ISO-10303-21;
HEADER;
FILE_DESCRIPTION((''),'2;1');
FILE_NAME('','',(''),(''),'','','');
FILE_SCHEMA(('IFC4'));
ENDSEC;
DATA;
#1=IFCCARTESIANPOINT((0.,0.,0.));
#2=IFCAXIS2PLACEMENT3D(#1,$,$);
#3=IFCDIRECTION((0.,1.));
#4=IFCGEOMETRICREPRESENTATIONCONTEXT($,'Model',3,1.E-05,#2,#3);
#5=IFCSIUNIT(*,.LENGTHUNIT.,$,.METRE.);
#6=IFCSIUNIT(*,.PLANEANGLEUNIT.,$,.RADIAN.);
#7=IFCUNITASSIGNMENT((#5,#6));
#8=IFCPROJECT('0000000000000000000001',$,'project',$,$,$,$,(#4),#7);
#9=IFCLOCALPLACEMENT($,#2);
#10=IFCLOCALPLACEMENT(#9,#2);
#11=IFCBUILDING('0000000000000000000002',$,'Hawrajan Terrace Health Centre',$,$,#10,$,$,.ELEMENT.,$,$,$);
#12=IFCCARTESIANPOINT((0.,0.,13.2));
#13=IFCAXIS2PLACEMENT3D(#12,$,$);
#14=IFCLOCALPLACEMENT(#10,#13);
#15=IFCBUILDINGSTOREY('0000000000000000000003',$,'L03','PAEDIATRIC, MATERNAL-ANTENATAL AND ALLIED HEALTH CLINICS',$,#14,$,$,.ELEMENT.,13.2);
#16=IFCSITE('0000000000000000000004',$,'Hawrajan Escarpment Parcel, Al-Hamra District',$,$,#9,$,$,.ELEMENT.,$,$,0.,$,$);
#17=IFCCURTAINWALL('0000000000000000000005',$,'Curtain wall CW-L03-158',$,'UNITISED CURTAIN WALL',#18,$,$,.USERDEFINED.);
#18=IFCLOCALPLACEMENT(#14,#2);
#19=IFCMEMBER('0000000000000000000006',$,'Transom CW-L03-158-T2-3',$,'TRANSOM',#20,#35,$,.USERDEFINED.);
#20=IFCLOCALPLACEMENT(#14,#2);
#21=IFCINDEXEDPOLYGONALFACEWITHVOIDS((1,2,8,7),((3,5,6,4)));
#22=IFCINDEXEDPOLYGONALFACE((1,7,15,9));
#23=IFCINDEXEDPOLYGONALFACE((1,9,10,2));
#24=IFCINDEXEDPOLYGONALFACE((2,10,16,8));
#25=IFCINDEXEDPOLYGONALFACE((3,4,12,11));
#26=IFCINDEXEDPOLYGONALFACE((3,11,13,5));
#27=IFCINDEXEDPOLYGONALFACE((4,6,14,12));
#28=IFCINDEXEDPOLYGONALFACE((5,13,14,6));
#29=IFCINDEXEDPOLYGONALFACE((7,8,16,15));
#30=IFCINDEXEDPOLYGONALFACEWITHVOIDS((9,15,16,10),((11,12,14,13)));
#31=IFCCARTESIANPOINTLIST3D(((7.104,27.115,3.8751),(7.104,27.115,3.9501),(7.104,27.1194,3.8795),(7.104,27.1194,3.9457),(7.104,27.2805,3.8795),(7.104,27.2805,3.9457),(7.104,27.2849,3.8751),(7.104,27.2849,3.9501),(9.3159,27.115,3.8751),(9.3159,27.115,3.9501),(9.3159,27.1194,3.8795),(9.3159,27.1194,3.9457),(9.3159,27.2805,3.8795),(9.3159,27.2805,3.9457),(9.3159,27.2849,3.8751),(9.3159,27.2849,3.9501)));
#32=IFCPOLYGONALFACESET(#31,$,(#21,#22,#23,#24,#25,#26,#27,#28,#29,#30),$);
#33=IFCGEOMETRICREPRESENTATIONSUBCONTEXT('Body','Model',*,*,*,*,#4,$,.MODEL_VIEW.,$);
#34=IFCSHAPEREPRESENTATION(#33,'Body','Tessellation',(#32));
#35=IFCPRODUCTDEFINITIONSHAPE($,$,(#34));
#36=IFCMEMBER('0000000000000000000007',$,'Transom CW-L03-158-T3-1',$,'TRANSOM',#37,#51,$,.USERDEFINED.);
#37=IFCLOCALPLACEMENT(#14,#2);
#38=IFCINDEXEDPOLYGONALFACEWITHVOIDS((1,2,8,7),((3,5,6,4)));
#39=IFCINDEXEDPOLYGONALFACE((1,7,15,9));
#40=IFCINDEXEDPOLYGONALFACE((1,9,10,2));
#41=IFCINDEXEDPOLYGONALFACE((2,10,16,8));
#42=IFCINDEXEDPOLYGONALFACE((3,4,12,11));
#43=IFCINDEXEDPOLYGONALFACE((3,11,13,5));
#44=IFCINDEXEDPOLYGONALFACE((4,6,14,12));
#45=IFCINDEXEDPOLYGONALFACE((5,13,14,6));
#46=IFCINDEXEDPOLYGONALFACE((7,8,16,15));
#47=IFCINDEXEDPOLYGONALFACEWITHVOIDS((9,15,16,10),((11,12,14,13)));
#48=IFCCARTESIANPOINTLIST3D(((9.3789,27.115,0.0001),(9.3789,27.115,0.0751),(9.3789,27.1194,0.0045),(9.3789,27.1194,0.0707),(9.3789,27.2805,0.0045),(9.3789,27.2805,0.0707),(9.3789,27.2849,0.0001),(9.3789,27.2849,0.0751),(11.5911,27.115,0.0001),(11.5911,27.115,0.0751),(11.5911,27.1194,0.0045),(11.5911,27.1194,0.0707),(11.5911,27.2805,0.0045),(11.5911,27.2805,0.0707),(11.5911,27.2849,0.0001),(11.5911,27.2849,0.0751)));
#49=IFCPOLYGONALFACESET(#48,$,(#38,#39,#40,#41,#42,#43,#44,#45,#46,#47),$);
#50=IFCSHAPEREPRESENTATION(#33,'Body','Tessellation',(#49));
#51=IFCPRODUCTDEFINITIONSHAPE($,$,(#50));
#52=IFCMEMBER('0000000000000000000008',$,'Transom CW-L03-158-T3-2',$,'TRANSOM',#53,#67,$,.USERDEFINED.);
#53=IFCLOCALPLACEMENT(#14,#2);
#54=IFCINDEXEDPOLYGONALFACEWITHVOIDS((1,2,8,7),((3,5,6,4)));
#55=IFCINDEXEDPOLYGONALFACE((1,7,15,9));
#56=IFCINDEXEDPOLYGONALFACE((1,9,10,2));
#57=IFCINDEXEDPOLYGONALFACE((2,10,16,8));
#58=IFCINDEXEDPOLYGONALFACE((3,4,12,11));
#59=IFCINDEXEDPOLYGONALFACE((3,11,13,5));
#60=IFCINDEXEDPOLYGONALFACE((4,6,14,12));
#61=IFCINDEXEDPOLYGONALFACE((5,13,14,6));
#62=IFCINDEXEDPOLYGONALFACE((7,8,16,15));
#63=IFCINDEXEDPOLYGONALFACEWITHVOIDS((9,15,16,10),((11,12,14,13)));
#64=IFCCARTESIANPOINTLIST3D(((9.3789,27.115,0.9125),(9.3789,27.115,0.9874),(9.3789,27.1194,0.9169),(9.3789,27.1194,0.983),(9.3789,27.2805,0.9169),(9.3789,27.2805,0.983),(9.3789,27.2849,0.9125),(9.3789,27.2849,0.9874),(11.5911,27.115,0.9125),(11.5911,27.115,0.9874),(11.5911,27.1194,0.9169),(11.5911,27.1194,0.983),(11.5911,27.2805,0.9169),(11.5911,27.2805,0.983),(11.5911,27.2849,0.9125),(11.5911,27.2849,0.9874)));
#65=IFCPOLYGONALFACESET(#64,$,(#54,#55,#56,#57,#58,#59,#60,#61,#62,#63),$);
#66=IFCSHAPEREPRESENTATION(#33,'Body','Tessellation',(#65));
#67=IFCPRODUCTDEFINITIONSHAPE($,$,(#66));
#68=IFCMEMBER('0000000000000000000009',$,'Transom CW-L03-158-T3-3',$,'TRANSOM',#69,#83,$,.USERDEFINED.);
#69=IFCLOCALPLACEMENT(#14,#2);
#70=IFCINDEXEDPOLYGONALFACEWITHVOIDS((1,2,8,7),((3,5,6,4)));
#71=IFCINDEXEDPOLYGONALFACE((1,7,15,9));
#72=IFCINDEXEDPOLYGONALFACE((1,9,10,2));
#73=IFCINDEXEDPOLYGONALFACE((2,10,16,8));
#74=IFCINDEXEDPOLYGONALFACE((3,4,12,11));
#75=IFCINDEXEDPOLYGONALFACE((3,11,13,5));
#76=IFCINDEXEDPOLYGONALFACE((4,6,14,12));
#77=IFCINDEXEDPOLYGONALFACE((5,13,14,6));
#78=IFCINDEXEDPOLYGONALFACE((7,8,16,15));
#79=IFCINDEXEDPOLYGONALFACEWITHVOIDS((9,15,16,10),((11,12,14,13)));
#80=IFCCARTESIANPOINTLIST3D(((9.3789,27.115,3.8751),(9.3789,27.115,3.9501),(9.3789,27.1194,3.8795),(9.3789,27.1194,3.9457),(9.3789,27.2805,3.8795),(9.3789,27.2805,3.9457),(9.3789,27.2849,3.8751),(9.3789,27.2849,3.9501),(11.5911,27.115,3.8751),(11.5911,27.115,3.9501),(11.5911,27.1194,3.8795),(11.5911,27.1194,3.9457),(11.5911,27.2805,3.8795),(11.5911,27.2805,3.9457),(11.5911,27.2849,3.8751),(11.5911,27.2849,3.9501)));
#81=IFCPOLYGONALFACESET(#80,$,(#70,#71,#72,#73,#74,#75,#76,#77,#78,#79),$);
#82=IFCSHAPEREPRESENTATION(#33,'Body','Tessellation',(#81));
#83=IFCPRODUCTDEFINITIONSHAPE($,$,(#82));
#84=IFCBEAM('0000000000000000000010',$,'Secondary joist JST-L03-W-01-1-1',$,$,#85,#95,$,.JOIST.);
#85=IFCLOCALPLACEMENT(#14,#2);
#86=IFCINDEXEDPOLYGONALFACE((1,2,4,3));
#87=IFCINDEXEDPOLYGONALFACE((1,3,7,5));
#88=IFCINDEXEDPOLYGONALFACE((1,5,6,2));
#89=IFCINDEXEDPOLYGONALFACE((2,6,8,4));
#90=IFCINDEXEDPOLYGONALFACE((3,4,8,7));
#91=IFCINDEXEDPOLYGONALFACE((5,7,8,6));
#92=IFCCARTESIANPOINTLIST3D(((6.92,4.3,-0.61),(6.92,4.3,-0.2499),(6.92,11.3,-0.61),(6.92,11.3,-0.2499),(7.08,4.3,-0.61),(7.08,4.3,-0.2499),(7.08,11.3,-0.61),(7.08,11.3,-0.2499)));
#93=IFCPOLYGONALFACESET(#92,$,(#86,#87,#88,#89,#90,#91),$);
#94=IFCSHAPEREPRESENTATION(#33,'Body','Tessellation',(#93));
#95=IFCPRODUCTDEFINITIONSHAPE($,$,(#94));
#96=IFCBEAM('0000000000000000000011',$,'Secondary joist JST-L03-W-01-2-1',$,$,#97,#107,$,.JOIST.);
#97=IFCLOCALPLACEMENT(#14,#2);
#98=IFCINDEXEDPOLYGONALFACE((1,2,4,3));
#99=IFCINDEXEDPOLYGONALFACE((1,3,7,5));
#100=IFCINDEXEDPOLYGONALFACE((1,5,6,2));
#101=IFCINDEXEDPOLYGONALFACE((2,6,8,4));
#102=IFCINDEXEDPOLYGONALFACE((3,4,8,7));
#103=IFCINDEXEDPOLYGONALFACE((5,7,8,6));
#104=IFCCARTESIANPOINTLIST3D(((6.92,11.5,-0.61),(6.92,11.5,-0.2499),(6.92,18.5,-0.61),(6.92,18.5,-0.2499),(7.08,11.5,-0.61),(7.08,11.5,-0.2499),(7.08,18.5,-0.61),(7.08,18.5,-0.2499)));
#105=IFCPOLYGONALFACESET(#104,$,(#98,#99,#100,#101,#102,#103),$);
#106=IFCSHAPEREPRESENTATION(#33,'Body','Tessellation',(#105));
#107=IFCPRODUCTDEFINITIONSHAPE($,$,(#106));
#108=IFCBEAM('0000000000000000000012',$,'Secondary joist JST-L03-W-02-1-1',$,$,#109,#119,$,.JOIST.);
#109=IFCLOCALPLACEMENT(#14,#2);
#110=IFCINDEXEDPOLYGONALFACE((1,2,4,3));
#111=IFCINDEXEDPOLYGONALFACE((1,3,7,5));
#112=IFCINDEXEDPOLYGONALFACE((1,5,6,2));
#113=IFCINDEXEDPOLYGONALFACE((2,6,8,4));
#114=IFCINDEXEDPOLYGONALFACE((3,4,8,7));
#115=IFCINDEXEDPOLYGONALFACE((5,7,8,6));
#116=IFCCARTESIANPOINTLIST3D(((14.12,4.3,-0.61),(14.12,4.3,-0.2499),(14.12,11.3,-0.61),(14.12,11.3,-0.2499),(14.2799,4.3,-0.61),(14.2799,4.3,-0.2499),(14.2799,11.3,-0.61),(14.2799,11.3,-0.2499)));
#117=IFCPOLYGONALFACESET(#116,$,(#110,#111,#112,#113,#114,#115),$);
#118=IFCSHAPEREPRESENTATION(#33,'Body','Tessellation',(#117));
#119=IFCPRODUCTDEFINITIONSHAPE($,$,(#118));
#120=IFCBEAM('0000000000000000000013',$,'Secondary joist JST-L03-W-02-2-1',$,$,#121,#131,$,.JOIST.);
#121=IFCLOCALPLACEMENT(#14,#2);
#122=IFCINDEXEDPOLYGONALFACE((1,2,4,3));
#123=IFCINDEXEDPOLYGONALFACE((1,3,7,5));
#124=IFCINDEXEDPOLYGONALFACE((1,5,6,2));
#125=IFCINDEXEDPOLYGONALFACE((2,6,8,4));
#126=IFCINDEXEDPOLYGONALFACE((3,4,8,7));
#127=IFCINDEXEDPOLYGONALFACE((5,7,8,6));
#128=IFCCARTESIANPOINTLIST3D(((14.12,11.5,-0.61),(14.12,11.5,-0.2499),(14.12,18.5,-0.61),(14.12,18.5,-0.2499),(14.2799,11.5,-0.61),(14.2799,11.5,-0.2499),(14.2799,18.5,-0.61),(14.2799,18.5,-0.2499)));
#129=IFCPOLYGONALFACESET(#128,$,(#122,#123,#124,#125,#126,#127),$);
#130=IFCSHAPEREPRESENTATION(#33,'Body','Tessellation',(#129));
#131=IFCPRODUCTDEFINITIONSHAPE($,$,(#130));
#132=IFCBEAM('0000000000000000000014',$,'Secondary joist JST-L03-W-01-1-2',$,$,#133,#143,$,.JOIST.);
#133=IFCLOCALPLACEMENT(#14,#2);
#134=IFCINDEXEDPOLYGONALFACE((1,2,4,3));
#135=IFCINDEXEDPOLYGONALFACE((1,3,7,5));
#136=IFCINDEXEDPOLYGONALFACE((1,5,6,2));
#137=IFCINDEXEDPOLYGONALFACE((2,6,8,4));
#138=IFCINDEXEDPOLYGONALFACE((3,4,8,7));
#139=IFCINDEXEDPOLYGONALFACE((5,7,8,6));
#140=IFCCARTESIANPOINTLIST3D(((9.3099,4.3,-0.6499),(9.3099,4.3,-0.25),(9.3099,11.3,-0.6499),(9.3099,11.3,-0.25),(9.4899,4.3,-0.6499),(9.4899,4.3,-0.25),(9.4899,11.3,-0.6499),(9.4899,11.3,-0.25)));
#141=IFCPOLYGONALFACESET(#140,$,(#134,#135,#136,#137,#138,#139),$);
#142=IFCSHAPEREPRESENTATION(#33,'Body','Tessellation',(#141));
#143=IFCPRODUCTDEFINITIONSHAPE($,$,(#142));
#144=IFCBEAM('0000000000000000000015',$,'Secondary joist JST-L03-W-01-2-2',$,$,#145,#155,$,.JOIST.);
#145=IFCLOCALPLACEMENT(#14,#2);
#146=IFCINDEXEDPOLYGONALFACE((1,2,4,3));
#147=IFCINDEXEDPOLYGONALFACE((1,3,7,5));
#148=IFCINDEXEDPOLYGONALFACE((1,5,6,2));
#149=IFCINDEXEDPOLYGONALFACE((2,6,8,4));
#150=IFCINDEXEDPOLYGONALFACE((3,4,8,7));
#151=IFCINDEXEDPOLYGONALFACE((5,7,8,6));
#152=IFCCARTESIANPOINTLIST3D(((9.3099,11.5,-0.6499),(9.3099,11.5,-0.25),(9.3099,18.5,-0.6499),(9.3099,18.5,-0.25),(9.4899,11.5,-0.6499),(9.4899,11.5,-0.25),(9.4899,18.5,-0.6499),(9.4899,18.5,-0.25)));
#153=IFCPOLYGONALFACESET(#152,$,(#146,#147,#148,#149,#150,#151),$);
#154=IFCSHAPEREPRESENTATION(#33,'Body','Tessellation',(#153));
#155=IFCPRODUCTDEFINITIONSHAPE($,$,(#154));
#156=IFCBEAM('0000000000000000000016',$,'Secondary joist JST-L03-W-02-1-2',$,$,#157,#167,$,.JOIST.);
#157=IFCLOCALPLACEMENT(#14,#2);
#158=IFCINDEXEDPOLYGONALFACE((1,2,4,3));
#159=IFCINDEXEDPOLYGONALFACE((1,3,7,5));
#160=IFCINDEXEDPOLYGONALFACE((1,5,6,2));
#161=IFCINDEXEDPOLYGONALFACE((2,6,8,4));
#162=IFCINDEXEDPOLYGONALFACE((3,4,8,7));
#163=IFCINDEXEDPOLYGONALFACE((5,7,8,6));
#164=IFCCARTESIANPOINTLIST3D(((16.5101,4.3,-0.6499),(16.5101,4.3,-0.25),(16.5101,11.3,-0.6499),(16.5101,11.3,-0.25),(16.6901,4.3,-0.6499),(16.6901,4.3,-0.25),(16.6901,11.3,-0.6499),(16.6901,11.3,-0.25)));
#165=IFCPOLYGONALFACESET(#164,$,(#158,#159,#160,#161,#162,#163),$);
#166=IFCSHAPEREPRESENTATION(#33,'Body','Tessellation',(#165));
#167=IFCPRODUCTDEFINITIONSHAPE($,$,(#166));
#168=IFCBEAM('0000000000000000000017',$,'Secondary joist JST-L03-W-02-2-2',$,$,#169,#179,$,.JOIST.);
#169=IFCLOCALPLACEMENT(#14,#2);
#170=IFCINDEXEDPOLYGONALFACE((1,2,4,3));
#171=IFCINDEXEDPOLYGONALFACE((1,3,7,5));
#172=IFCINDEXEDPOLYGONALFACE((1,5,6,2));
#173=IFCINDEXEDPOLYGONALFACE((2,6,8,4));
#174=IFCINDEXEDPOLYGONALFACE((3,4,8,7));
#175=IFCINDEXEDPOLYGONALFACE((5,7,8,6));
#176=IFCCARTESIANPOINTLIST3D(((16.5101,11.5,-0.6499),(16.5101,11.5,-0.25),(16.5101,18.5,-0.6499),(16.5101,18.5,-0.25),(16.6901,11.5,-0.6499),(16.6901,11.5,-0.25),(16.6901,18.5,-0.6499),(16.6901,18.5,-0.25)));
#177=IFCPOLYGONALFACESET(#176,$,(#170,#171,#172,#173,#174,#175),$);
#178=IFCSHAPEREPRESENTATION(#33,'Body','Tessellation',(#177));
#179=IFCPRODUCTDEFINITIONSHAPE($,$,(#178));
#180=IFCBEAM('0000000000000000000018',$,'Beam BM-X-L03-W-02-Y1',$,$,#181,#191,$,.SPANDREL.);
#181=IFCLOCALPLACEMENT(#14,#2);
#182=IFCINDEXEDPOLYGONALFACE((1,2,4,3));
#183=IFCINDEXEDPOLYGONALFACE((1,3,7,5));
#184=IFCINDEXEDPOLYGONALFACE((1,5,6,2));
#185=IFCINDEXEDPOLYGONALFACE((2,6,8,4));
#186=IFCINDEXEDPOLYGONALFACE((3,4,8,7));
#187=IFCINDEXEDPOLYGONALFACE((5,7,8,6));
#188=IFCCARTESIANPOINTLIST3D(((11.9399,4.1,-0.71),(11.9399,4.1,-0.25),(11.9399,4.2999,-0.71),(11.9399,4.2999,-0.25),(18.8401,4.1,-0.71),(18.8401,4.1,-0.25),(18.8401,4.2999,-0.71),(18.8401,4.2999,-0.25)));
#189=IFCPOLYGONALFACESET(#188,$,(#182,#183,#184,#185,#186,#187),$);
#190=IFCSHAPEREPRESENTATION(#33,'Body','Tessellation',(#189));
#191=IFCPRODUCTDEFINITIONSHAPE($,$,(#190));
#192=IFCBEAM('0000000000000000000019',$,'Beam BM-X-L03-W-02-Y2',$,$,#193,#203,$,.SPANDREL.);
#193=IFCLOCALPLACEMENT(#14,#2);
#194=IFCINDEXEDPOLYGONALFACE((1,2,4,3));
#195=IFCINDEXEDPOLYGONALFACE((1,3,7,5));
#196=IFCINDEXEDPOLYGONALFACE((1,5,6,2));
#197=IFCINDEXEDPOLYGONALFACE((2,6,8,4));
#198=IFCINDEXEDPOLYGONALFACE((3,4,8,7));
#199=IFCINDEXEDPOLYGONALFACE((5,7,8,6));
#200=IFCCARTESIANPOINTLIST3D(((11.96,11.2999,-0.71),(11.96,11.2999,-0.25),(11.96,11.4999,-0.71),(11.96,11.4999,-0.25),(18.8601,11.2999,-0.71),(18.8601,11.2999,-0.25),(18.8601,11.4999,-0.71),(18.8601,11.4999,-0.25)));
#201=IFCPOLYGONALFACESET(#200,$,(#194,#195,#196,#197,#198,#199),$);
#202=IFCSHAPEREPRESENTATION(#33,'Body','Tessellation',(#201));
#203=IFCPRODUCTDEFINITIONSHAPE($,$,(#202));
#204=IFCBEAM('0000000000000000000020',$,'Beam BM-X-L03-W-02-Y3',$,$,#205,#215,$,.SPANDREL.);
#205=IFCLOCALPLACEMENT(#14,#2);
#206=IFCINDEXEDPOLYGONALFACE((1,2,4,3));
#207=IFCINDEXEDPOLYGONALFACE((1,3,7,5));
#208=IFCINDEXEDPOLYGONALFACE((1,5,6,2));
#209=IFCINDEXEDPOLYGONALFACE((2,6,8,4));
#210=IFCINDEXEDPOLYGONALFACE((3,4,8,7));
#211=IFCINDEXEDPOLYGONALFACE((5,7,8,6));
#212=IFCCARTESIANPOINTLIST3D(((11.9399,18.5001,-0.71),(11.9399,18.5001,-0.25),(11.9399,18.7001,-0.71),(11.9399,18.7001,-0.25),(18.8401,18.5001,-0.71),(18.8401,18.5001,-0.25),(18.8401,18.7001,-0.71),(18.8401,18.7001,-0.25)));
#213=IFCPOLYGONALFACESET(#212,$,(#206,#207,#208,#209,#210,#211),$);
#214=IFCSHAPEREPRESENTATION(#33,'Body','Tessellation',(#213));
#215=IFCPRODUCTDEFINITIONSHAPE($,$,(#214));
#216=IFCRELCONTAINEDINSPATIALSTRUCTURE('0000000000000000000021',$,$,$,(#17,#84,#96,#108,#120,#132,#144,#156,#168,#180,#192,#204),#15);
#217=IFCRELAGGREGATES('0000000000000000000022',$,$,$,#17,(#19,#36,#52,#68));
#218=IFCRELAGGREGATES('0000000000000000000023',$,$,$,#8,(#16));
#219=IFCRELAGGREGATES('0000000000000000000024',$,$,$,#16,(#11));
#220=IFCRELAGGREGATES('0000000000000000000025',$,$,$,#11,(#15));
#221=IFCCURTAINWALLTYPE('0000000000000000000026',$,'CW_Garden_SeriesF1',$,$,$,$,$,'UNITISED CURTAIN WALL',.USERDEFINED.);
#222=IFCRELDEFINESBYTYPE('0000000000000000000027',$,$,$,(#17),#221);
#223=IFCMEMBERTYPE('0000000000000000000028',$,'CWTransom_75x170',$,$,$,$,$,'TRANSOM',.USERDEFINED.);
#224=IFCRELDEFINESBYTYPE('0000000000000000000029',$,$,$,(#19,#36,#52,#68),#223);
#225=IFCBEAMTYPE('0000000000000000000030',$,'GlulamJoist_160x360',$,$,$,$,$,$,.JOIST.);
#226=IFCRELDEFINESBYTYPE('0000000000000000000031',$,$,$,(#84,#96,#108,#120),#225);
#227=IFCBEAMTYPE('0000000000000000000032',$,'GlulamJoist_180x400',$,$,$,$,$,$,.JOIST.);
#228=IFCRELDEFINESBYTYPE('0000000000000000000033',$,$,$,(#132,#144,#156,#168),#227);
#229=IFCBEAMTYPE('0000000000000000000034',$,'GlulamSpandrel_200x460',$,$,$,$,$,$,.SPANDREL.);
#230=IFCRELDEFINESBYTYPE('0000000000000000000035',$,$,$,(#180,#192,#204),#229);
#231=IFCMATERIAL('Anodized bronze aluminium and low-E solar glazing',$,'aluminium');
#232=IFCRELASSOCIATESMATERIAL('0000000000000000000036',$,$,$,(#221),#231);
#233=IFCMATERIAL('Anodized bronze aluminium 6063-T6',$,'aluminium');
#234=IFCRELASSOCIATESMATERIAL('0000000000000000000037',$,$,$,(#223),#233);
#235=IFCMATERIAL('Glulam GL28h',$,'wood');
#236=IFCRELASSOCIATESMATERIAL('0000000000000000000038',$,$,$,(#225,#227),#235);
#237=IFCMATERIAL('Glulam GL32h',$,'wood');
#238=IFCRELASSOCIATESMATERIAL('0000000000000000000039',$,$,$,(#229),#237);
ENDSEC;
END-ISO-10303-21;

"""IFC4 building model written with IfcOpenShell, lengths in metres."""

from ifc_helpers import new_model, si_unit, direction, frame, origin, origin_2d, place, context, subcontext, project, spatial, rectangle, hollow_rectangle, extrude, material, material_profile, profile_set, type_object, element, aggregate, save


model = new_model("IFC4")

# Units and contexts
model_context = context("Model", 3, precision=1e-05, world=origin(), true_north=direction((0.0, 1.0)))
body_context = subcontext(model_context, "Body", "Model", "MODEL_VIEW")
ifc_project = project(units=[si_unit("LENGTHUNIT", "METRE"), si_unit("PLANEANGLEUNIT", "RADIAN")], contexts=[model_context])

# Site, building, storey
site_placement = place(None, origin())
site = spatial("IfcSite", under=ifc_project, at=site_placement, Name="Hawrajan Escarpment Parcel, Al-Hamra District", CompositionType="ELEMENT", RefElevation=0.0)
building_placement = place(site_placement, origin())
building = spatial("IfcBuilding", under=site, at=building_placement, Name="Hawrajan Terrace Health Centre", CompositionType="ELEMENT")
storey_placement = place(building_placement, frame((0.0, 0.0, 13.2)))
storey = spatial("IfcBuildingStorey", under=building, at=storey_placement, Name="L03", Description="PAEDIATRIC, MATERNAL-ANTENATAL AND ALLIED HEALTH CLINICS", CompositionType="ELEMENT", Elevation=13.2)

# Shared definitions
ifc_material_1 = material(Name="Glulam GL32h", Category="wood")

# Shared definitions
ifc_material_2 = material(Name="Anodized bronze aluminium and low-E solar glazing", Category="aluminium")
ifc_material_3 = material(Name="Anodized bronze aluminium 6063-T6", Category="aluminium")

# Curtain wall
curtain_wall_type_1 = type_object("IfcCurtainWallType", Name="CW_Garden_SeriesF1", ElementType="UNITISED CURTAIN WALL", PredefinedType="USERDEFINED", material=ifc_material_2)
curtain_wall_1_placement = place(storey_placement, origin())
curtain_wall_1 = element("IfcCurtainWall", 1, at=curtain_wall_1_placement, inside=storey, type_object=curtain_wall_type_1, Name="Curtain wall CW-L03-158", ObjectType="UNITISED CURTAIN WALL", PredefinedType="USERDEFINED")

# Members
ifc_material_profile_1 = material_profile(ifc_material_3, hollow_rectangle(XDim=0.075, YDim=0.1699, WallThickness=0.0044, at=origin_2d()), Name="CW TRN 75x170")
ifc_profile_set_1 = profile_set([ifc_material_profile_1], Name="Anodized bronze aluminium 6063-T6")
member_type_1 = type_object("IfcMemberType", Name="CWTransom_75x170", ElementType="TRANSOM", PredefinedType="USERDEFINED", material=ifc_profile_set_1)
member_1_placement = place(storey_placement, frame((7.104, 27.2, 3.9126), z_axis=(1.0, 0.0, 0.0), x_axis=(0.0, 0.0, 1.0)))
member_1 = element("IfcMember", 2, at=member_1_placement, type_object=member_type_1, Name="Transom CW-L03-158-T2-3", ObjectType="TRANSOM", PredefinedType="USERDEFINED", context=body_context, shape_type="SweptSolid", body=[
    extrude(hollow_rectangle(XDim=0.075, YDim=0.1699, WallThickness=0.0044, at=origin_2d()), origin(), (0.0, 0.0, 1.0), 2.2119),
])
member_2_placement = place(storey_placement, frame((9.3789, 27.2, 0.0376), z_axis=(1.0, 0.0, 0.0), x_axis=(0.0, 0.0, 1.0)))
member_2 = element("IfcMember", 3, at=member_2_placement, type_object=member_type_1, Name="Transom CW-L03-158-T3-1", ObjectType="TRANSOM", PredefinedType="USERDEFINED", context=body_context, shape_type="SweptSolid", body=[
    extrude(hollow_rectangle(XDim=0.075, YDim=0.1699, WallThickness=0.0044, at=origin_2d()), origin(), (0.0, 0.0, 1.0), 2.2122),
])
member_3_placement = place(storey_placement, frame((9.3789, 27.2, 0.95), z_axis=(1.0, 0.0, 0.0), x_axis=(0.0, 0.0, 1.0)))
member_3 = element("IfcMember", 4, at=member_3_placement, type_object=member_type_1, Name="Transom CW-L03-158-T3-2", ObjectType="TRANSOM", PredefinedType="USERDEFINED", context=body_context, shape_type="SweptSolid", body=[
    extrude(hollow_rectangle(XDim=0.075, YDim=0.1699, WallThickness=0.0044, at=origin_2d()), origin(), (0.0, 0.0, 1.0), 2.2122),
])
member_4_placement = place(storey_placement, frame((9.3789, 27.2, 3.9126), z_axis=(1.0, 0.0, 0.0), x_axis=(0.0, 0.0, 1.0)))
member_4 = element("IfcMember", 5, at=member_4_placement, type_object=member_type_1, Name="Transom CW-L03-158-T3-3", ObjectType="TRANSOM", PredefinedType="USERDEFINED", context=body_context, shape_type="SweptSolid", body=[
    extrude(hollow_rectangle(XDim=0.075, YDim=0.1699, WallThickness=0.0044, at=origin_2d()), origin(), (0.0, 0.0, 1.0), 2.2122),
])

# Beams
ifc_material_4 = material(Name="Glulam GL28h", Category="wood")
ifc_material_profile_2 = material_profile(ifc_material_4, rectangle(XDim=0.1599, YDim=0.3601, at=origin_2d()), Name="GL JST 160x360")
ifc_profile_set_2 = profile_set([ifc_material_profile_2], Name="Glulam GL28h")
beam_type_1 = type_object("IfcBeamType", Name="GlulamJoist_160x360", PredefinedType="JOIST", material=ifc_profile_set_2)
for number, where, z_axis, x_axis, name in (
    (6, (7.0, 4.3, -0.4299), (0.0, 1.0, 0.0), (-1.0, 0.0, 0.0), "Secondary joist JST-L03-W-01-1-1"),
    (7, (7.0, 11.5, -0.4299), (0.0, 1.0, 0.0), (-1.0, 0.0, 0.0), "Secondary joist JST-L03-W-01-2-1"),
    (8, (14.2, 4.3, -0.4299), (0.0, 1.0, 0.0), (-1.0, 0.0, 0.0), "Secondary joist JST-L03-W-02-1-1"),
    (9, (14.2, 11.5, -0.4299), (0.0, 1.0, 0.0), (-1.0, 0.0, 0.0), "Secondary joist JST-L03-W-02-2-1"),
):
    element("IfcBeam", number, at=place(storey_placement, frame(where, z_axis=z_axis, x_axis=x_axis)), inside=storey, type_object=beam_type_1, Name=name, PredefinedType="JOIST", context=body_context, shape_type="SweptSolid", body=[
        extrude(rectangle(XDim=0.1599, YDim=0.3601, at=origin_2d()), origin(), (0.0, 0.0, 1.0), 7.0),
    ])
ifc_material_profile_3 = material_profile(ifc_material_4, rectangle(XDim=0.1799, YDim=0.3999, at=origin_2d()), Name="GL JST 180x400")
ifc_profile_set_3 = profile_set([ifc_material_profile_3], Name="Glulam GL28h")
beam_type_2 = type_object("IfcBeamType", Name="GlulamJoist_180x400", PredefinedType="JOIST", material=ifc_profile_set_3)
for number, where, z_axis, x_axis, name in (
    (10, (9.3999, 4.3, -0.45), (0.0, 1.0, 0.0), (-1.0, 0.0, 0.0), "Secondary joist JST-L03-W-01-1-2"),
    (11, (9.3999, 11.5, -0.45), (0.0, 1.0, 0.0), (-1.0, 0.0, 0.0), "Secondary joist JST-L03-W-01-2-2"),
    (12, (16.6001, 4.3, -0.45), (0.0, 1.0, 0.0), (-1.0, 0.0, 0.0), "Secondary joist JST-L03-W-02-1-2"),
    (13, (16.6001, 11.5, -0.45), (0.0, 1.0, 0.0), (-1.0, 0.0, 0.0), "Secondary joist JST-L03-W-02-2-2"),
):
    element("IfcBeam", number, at=place(storey_placement, frame(where, z_axis=z_axis, x_axis=x_axis)), inside=storey, type_object=beam_type_2, Name=name, PredefinedType="JOIST", context=body_context, shape_type="SweptSolid", body=[
        extrude(rectangle(XDim=0.1799, YDim=0.3999, at=origin_2d()), origin(), (0.0, 0.0, 1.0), 7.0),
    ])
ifc_material_profile_4 = material_profile(ifc_material_1, rectangle(XDim=0.2, YDim=0.46, at=origin_2d()), Name="GL SP 200x460")
ifc_profile_set_4 = profile_set([ifc_material_profile_4], Name="Glulam GL32h")
beam_type_3 = type_object("IfcBeamType", Name="GlulamSpandrel_200x460", PredefinedType="SPANDREL", material=ifc_profile_set_4)
for number, where, z_axis, x_axis, name in (
    (14, (11.9399, 4.2, -0.48), (1.0, 0.0, 0.0), (0.0, 1.0, 0.0), "Beam BM-X-L03-W-02-Y1"),
    (15, (11.96, 11.3999, -0.48), (1.0, 0.0, 0.0), (0.0, 1.0, 0.0), "Beam BM-X-L03-W-02-Y2"),
    (16, (11.9399, 18.6001, -0.48), (1.0, 0.0, 0.0), (0.0, 1.0, 0.0), "Beam BM-X-L03-W-02-Y3"),
):
    element("IfcBeam", number, at=place(storey_placement, frame(where, z_axis=z_axis, x_axis=x_axis)), inside=storey, type_object=beam_type_3, Name=name, PredefinedType="SPANDREL", context=body_context, shape_type="SweptSolid", body=[
        extrude(rectangle(XDim=0.2, YDim=0.46, at=origin_2d()), origin(), (0.0, 0.0, 1.0), 6.9001),
    ])

aggregate(curtain_wall_1, [member_1, member_2, member_3, member_4])

save(model, "model.ifc")
